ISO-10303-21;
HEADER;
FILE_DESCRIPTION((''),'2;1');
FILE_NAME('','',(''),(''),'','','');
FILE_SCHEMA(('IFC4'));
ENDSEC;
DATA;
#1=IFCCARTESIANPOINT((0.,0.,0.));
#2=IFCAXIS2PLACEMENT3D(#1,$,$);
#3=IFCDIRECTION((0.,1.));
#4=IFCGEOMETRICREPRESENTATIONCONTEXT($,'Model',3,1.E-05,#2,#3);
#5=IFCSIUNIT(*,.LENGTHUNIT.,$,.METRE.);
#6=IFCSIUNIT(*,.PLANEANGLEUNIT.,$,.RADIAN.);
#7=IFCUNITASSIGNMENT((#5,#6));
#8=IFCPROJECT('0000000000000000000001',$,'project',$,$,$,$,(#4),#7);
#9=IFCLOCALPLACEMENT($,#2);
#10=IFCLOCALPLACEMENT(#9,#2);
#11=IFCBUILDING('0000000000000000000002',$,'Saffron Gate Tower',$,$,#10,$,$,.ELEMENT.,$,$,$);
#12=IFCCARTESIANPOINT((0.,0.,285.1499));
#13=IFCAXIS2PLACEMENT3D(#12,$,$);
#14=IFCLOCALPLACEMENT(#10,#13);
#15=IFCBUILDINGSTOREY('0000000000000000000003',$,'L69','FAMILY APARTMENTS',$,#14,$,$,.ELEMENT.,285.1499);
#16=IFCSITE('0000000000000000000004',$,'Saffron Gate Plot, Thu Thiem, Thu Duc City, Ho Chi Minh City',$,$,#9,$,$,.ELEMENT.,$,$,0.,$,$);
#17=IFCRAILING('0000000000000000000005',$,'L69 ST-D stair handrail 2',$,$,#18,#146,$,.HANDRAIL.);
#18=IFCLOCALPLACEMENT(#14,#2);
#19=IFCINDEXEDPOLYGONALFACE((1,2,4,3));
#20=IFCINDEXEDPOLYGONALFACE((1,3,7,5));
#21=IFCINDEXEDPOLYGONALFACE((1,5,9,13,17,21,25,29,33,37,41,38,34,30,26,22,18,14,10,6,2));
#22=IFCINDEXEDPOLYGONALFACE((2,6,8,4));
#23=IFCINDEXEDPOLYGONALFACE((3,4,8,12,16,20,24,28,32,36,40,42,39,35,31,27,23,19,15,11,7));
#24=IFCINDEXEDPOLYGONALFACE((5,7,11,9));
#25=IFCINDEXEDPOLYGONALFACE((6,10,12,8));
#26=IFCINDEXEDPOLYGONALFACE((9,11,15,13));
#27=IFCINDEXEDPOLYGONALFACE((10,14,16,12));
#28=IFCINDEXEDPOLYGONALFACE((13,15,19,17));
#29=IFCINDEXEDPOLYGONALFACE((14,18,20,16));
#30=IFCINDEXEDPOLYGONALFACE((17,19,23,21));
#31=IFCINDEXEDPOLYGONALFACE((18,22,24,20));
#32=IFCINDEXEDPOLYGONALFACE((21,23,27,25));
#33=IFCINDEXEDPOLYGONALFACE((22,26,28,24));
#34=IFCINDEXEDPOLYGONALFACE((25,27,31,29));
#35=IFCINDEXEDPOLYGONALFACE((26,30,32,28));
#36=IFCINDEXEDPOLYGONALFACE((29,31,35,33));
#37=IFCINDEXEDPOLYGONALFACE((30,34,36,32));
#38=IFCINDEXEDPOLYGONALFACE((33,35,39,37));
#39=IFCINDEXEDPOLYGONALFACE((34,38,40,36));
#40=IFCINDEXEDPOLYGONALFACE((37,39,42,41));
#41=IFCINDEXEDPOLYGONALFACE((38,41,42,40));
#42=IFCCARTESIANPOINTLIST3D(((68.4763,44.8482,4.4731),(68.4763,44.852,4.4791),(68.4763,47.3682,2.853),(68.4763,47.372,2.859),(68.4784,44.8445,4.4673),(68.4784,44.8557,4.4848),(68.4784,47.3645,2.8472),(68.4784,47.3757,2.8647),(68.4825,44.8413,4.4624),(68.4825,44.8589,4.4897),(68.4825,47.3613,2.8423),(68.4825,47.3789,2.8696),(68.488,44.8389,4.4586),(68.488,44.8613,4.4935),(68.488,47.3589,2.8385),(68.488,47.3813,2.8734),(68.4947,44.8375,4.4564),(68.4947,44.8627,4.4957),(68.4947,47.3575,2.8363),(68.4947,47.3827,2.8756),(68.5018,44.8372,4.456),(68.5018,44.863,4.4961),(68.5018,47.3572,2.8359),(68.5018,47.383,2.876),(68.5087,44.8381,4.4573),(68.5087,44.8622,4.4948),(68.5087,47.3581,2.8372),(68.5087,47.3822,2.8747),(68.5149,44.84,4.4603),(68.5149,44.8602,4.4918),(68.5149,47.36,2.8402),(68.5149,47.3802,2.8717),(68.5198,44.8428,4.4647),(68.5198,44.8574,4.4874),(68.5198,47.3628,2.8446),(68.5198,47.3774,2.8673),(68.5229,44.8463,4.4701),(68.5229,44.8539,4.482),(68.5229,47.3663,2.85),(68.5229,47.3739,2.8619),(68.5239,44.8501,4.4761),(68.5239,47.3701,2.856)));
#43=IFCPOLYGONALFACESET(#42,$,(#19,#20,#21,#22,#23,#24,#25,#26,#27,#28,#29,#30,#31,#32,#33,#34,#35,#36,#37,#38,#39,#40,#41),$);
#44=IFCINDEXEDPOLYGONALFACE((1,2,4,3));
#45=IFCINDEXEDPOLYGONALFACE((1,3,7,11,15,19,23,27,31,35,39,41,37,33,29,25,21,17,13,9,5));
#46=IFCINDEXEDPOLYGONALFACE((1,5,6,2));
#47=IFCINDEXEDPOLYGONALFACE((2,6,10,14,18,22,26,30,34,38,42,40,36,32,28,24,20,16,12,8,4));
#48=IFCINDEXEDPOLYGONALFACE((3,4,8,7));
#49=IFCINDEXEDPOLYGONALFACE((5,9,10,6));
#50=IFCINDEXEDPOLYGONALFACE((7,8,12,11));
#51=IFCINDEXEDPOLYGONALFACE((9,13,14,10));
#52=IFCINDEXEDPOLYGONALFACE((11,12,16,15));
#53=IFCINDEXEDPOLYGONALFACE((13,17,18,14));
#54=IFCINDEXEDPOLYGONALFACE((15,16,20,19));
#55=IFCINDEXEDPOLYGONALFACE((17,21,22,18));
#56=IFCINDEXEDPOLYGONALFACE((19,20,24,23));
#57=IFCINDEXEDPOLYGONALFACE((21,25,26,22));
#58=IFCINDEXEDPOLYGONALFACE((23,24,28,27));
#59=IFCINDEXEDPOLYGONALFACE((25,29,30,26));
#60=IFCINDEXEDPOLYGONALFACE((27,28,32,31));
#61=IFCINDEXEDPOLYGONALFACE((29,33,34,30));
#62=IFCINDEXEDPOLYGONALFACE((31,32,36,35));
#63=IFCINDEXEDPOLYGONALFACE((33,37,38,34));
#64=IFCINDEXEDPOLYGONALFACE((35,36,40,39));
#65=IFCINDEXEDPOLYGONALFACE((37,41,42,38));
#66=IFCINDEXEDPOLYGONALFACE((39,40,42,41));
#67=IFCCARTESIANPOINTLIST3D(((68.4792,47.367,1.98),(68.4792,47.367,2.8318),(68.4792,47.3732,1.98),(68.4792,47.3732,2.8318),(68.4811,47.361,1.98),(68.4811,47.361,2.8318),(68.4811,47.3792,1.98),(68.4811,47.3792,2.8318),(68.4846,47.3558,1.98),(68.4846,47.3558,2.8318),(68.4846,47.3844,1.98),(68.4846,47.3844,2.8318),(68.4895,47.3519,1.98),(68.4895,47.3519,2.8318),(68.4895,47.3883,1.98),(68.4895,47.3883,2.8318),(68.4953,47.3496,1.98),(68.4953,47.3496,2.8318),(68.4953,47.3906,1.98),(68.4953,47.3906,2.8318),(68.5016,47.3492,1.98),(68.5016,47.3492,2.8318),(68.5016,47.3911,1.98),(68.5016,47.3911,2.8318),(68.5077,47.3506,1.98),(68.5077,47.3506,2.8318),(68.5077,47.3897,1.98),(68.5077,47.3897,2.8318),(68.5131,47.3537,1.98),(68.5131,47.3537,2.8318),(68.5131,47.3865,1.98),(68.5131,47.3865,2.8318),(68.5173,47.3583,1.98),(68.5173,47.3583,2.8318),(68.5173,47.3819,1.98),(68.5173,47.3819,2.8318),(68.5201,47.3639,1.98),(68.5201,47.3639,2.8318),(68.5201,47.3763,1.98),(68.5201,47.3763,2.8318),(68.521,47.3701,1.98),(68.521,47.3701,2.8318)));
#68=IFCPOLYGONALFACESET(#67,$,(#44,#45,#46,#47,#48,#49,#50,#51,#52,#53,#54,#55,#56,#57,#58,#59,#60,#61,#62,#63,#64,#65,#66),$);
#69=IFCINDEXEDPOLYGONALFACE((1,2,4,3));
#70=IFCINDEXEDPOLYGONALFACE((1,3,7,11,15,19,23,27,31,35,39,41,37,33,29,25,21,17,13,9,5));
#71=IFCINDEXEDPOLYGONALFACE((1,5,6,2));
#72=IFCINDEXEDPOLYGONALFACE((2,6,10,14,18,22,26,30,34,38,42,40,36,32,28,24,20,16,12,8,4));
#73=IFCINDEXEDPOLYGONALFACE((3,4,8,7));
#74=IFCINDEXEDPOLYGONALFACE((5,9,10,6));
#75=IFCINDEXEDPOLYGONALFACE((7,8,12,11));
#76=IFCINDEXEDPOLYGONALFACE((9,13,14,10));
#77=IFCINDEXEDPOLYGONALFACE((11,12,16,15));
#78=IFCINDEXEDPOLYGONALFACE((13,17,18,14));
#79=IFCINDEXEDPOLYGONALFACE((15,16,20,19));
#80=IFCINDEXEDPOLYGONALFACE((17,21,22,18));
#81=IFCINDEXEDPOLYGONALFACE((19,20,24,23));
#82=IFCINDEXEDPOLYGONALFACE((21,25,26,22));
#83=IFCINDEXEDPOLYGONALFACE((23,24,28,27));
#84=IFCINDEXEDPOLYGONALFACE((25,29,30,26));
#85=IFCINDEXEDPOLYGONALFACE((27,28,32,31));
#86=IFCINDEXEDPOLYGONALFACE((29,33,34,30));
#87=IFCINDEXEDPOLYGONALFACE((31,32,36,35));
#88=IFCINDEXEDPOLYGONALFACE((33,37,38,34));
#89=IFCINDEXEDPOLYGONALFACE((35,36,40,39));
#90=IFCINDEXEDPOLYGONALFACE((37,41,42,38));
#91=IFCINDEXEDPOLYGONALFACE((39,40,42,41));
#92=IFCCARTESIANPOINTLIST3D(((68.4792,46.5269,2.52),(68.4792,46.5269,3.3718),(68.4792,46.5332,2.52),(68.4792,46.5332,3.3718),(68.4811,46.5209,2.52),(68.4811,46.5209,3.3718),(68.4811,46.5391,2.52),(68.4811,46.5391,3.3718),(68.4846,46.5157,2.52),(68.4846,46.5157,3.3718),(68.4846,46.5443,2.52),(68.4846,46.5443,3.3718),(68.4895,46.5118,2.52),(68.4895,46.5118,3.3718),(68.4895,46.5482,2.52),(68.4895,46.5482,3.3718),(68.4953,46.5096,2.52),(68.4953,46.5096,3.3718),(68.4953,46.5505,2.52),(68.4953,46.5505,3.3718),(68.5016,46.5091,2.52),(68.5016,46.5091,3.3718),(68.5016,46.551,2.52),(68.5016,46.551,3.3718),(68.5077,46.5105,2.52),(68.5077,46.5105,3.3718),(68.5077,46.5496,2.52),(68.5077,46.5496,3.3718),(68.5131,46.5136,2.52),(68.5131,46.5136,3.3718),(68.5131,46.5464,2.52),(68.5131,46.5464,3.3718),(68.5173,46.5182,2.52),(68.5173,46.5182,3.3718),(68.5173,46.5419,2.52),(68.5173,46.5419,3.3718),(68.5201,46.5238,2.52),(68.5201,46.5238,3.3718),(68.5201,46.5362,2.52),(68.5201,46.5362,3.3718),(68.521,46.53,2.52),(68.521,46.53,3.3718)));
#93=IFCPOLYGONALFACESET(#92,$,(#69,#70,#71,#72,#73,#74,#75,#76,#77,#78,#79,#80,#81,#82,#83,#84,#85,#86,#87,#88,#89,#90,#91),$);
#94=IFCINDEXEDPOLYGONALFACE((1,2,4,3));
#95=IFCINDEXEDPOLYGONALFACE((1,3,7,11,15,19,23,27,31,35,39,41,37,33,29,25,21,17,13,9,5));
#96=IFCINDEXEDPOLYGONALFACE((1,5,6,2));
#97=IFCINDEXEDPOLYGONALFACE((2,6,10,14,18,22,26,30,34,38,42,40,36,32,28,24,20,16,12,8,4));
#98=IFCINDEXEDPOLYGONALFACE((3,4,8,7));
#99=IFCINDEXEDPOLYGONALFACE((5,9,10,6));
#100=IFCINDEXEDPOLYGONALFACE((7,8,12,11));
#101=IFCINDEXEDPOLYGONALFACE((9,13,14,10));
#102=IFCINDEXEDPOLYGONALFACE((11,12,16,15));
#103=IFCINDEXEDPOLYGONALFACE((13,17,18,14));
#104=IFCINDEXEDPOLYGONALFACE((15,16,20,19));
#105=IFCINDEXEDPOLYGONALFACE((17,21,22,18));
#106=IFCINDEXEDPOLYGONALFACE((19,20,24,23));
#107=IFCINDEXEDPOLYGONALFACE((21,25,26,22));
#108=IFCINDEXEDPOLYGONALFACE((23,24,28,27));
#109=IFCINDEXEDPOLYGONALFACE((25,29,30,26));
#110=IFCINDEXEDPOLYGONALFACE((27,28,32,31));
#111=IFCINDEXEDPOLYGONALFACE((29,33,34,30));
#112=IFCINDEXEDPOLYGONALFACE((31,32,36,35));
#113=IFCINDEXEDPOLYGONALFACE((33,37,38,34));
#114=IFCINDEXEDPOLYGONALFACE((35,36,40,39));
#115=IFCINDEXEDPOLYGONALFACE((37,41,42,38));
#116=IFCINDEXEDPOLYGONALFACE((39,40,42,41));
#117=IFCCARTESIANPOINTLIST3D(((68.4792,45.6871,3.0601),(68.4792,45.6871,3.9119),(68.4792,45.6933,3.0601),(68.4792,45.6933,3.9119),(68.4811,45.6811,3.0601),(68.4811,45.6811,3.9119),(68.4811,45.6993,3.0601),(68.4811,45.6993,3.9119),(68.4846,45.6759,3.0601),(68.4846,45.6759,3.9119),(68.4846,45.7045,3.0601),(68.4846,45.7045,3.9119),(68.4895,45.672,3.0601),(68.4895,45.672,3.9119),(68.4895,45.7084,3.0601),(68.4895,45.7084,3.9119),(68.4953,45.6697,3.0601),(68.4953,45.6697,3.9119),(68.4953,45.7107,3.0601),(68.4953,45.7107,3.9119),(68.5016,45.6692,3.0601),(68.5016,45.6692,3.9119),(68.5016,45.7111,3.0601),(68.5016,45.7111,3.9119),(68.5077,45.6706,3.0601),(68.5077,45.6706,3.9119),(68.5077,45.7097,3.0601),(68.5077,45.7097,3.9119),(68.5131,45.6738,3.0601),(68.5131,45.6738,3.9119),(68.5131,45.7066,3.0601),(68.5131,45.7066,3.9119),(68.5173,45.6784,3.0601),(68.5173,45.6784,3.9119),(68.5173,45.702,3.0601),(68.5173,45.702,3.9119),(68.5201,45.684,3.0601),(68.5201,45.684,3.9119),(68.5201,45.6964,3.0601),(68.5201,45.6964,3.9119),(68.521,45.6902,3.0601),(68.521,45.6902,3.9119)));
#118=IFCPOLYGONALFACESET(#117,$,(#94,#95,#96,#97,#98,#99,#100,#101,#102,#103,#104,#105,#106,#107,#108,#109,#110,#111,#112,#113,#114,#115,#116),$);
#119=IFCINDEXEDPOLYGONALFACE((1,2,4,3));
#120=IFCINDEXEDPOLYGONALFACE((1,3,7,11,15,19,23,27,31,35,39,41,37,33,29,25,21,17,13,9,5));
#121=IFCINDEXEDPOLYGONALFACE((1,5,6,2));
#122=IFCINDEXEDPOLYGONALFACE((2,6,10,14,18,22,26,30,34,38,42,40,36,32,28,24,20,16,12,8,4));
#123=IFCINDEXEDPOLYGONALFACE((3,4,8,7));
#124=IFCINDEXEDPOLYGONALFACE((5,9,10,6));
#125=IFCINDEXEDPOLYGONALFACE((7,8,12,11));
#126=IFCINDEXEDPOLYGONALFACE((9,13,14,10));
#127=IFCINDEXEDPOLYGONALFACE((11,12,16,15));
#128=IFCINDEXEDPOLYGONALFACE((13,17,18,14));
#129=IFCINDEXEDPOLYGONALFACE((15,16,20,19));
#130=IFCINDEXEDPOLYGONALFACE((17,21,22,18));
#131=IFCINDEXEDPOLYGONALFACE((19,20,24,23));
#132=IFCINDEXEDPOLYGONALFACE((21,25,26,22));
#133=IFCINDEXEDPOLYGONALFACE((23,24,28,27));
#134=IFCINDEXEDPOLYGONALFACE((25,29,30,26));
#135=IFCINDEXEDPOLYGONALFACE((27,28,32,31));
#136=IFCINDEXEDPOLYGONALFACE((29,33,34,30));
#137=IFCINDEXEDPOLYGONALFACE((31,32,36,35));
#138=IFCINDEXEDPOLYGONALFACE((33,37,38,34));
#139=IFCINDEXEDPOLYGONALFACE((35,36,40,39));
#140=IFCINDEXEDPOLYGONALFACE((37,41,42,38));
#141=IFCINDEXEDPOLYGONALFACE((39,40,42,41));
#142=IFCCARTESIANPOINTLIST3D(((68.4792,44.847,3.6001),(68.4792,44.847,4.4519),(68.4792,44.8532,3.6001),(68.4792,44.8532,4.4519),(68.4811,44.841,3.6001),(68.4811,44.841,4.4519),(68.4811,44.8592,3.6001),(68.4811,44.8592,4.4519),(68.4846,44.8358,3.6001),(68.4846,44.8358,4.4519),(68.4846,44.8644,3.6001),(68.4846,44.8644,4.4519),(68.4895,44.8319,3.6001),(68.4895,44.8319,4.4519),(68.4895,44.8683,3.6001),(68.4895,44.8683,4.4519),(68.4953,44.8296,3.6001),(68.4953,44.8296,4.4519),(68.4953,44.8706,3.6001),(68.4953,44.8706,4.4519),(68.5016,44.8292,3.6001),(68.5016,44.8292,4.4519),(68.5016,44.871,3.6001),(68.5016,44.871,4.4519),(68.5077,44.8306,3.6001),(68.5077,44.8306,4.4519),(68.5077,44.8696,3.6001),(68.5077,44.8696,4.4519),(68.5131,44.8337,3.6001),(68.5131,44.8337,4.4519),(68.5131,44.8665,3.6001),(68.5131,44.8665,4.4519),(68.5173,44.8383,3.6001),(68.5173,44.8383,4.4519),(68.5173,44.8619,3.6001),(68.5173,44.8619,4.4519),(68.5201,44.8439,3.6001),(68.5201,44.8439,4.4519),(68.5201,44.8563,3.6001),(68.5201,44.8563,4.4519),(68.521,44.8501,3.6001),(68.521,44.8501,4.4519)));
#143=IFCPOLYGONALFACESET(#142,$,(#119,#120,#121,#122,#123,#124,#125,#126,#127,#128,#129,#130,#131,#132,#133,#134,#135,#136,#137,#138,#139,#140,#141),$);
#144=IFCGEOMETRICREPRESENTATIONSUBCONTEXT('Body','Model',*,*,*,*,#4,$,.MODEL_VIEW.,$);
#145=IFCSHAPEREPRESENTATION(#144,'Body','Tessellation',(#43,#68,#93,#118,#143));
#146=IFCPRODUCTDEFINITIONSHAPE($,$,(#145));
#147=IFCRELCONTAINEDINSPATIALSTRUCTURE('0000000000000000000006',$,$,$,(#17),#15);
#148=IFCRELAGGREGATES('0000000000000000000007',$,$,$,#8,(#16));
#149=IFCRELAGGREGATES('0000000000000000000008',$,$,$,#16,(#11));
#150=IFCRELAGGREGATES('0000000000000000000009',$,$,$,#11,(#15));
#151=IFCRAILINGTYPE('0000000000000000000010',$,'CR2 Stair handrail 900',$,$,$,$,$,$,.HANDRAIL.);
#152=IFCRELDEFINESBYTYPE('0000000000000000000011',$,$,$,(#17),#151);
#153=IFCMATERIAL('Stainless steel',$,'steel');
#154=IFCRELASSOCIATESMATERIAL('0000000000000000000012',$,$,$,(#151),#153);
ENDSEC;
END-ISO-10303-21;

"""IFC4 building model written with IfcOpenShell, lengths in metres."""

from ifc_helpers import new_model, si_unit, direction, frame, origin, origin_2d, place, context, subcontext, project, spatial, circle, extrude, material, type_object, element, save


model = new_model("IFC4")

# Units and contexts
model_context = context("Model", 3, precision=1e-05, world=origin(), true_north=direction((0.0, 1.0)))
body_context = subcontext(model_context, "Body", "Model", "MODEL_VIEW")
ifc_project = project(units=[si_unit("LENGTHUNIT", "METRE"), si_unit("PLANEANGLEUNIT", "RADIAN")], contexts=[model_context])

# Site, building, storey
site_placement = place(None, origin())
site = spatial("IfcSite", under=ifc_project, at=site_placement, Name="Saffron Gate Plot, Thu Thiem, Thu Duc City, Ho Chi Minh City", CompositionType="ELEMENT", RefElevation=0.0)
building_placement = place(site_placement, origin())
building = spatial("IfcBuilding", under=site, at=building_placement, Name="Saffron Gate Tower", CompositionType="ELEMENT")
storey_placement = place(building_placement, frame((0.0, 0.0, 285.1499)))
storey = spatial("IfcBuildingStorey", under=building, at=storey_placement, Name="L69", Description="FAMILY APARTMENTS", CompositionType="ELEMENT", Elevation=285.1499)

# Railing
ifc_material_1 = material(Name="Stainless steel", Category="steel")
railing_type_1 = type_object("IfcRailingType", Name="CR2 Stair handrail 900", PredefinedType="HANDRAIL", material=ifc_material_1)
railing_1_placement = place(storey_placement, frame((68.5, 47.3701, 1.98)))
element("IfcRailing", 1, at=railing_1_placement, inside=storey, type_object=railing_type_1, Name="L69 ST-D stair handrail 2", PredefinedType="HANDRAIL", context=body_context, shape_type="SweptSolid", body=[
    extrude(circle(Radius=0.0239, at=origin_2d()), frame((0.0, 0.0, 0.876), z_axis=(0.0, -0.841163, 0.540782), x_axis=(1.0, 0.0, 0.0)), (0.0, 0.0, 1.0), 2.9958),
    extrude(circle(Radius=0.021, at=origin_2d()), origin(), (0.0, 0.0, 1.0), 0.8518),
    extrude(circle(Radius=0.021, at=origin_2d()), frame((0.0, -0.8401, 0.54)), (0.0, 0.0, 1.0), 0.8518),
    extrude(circle(Radius=0.021, at=origin_2d()), frame((0.0, -1.6799, 1.0801)), (0.0, 0.0, 1.0), 0.8518),
    extrude(circle(Radius=0.021, at=origin_2d()), frame((0.0, -2.52, 1.6201)), (0.0, 0.0, 1.0), 0.8518),
])

save(model, "model.ifc")
